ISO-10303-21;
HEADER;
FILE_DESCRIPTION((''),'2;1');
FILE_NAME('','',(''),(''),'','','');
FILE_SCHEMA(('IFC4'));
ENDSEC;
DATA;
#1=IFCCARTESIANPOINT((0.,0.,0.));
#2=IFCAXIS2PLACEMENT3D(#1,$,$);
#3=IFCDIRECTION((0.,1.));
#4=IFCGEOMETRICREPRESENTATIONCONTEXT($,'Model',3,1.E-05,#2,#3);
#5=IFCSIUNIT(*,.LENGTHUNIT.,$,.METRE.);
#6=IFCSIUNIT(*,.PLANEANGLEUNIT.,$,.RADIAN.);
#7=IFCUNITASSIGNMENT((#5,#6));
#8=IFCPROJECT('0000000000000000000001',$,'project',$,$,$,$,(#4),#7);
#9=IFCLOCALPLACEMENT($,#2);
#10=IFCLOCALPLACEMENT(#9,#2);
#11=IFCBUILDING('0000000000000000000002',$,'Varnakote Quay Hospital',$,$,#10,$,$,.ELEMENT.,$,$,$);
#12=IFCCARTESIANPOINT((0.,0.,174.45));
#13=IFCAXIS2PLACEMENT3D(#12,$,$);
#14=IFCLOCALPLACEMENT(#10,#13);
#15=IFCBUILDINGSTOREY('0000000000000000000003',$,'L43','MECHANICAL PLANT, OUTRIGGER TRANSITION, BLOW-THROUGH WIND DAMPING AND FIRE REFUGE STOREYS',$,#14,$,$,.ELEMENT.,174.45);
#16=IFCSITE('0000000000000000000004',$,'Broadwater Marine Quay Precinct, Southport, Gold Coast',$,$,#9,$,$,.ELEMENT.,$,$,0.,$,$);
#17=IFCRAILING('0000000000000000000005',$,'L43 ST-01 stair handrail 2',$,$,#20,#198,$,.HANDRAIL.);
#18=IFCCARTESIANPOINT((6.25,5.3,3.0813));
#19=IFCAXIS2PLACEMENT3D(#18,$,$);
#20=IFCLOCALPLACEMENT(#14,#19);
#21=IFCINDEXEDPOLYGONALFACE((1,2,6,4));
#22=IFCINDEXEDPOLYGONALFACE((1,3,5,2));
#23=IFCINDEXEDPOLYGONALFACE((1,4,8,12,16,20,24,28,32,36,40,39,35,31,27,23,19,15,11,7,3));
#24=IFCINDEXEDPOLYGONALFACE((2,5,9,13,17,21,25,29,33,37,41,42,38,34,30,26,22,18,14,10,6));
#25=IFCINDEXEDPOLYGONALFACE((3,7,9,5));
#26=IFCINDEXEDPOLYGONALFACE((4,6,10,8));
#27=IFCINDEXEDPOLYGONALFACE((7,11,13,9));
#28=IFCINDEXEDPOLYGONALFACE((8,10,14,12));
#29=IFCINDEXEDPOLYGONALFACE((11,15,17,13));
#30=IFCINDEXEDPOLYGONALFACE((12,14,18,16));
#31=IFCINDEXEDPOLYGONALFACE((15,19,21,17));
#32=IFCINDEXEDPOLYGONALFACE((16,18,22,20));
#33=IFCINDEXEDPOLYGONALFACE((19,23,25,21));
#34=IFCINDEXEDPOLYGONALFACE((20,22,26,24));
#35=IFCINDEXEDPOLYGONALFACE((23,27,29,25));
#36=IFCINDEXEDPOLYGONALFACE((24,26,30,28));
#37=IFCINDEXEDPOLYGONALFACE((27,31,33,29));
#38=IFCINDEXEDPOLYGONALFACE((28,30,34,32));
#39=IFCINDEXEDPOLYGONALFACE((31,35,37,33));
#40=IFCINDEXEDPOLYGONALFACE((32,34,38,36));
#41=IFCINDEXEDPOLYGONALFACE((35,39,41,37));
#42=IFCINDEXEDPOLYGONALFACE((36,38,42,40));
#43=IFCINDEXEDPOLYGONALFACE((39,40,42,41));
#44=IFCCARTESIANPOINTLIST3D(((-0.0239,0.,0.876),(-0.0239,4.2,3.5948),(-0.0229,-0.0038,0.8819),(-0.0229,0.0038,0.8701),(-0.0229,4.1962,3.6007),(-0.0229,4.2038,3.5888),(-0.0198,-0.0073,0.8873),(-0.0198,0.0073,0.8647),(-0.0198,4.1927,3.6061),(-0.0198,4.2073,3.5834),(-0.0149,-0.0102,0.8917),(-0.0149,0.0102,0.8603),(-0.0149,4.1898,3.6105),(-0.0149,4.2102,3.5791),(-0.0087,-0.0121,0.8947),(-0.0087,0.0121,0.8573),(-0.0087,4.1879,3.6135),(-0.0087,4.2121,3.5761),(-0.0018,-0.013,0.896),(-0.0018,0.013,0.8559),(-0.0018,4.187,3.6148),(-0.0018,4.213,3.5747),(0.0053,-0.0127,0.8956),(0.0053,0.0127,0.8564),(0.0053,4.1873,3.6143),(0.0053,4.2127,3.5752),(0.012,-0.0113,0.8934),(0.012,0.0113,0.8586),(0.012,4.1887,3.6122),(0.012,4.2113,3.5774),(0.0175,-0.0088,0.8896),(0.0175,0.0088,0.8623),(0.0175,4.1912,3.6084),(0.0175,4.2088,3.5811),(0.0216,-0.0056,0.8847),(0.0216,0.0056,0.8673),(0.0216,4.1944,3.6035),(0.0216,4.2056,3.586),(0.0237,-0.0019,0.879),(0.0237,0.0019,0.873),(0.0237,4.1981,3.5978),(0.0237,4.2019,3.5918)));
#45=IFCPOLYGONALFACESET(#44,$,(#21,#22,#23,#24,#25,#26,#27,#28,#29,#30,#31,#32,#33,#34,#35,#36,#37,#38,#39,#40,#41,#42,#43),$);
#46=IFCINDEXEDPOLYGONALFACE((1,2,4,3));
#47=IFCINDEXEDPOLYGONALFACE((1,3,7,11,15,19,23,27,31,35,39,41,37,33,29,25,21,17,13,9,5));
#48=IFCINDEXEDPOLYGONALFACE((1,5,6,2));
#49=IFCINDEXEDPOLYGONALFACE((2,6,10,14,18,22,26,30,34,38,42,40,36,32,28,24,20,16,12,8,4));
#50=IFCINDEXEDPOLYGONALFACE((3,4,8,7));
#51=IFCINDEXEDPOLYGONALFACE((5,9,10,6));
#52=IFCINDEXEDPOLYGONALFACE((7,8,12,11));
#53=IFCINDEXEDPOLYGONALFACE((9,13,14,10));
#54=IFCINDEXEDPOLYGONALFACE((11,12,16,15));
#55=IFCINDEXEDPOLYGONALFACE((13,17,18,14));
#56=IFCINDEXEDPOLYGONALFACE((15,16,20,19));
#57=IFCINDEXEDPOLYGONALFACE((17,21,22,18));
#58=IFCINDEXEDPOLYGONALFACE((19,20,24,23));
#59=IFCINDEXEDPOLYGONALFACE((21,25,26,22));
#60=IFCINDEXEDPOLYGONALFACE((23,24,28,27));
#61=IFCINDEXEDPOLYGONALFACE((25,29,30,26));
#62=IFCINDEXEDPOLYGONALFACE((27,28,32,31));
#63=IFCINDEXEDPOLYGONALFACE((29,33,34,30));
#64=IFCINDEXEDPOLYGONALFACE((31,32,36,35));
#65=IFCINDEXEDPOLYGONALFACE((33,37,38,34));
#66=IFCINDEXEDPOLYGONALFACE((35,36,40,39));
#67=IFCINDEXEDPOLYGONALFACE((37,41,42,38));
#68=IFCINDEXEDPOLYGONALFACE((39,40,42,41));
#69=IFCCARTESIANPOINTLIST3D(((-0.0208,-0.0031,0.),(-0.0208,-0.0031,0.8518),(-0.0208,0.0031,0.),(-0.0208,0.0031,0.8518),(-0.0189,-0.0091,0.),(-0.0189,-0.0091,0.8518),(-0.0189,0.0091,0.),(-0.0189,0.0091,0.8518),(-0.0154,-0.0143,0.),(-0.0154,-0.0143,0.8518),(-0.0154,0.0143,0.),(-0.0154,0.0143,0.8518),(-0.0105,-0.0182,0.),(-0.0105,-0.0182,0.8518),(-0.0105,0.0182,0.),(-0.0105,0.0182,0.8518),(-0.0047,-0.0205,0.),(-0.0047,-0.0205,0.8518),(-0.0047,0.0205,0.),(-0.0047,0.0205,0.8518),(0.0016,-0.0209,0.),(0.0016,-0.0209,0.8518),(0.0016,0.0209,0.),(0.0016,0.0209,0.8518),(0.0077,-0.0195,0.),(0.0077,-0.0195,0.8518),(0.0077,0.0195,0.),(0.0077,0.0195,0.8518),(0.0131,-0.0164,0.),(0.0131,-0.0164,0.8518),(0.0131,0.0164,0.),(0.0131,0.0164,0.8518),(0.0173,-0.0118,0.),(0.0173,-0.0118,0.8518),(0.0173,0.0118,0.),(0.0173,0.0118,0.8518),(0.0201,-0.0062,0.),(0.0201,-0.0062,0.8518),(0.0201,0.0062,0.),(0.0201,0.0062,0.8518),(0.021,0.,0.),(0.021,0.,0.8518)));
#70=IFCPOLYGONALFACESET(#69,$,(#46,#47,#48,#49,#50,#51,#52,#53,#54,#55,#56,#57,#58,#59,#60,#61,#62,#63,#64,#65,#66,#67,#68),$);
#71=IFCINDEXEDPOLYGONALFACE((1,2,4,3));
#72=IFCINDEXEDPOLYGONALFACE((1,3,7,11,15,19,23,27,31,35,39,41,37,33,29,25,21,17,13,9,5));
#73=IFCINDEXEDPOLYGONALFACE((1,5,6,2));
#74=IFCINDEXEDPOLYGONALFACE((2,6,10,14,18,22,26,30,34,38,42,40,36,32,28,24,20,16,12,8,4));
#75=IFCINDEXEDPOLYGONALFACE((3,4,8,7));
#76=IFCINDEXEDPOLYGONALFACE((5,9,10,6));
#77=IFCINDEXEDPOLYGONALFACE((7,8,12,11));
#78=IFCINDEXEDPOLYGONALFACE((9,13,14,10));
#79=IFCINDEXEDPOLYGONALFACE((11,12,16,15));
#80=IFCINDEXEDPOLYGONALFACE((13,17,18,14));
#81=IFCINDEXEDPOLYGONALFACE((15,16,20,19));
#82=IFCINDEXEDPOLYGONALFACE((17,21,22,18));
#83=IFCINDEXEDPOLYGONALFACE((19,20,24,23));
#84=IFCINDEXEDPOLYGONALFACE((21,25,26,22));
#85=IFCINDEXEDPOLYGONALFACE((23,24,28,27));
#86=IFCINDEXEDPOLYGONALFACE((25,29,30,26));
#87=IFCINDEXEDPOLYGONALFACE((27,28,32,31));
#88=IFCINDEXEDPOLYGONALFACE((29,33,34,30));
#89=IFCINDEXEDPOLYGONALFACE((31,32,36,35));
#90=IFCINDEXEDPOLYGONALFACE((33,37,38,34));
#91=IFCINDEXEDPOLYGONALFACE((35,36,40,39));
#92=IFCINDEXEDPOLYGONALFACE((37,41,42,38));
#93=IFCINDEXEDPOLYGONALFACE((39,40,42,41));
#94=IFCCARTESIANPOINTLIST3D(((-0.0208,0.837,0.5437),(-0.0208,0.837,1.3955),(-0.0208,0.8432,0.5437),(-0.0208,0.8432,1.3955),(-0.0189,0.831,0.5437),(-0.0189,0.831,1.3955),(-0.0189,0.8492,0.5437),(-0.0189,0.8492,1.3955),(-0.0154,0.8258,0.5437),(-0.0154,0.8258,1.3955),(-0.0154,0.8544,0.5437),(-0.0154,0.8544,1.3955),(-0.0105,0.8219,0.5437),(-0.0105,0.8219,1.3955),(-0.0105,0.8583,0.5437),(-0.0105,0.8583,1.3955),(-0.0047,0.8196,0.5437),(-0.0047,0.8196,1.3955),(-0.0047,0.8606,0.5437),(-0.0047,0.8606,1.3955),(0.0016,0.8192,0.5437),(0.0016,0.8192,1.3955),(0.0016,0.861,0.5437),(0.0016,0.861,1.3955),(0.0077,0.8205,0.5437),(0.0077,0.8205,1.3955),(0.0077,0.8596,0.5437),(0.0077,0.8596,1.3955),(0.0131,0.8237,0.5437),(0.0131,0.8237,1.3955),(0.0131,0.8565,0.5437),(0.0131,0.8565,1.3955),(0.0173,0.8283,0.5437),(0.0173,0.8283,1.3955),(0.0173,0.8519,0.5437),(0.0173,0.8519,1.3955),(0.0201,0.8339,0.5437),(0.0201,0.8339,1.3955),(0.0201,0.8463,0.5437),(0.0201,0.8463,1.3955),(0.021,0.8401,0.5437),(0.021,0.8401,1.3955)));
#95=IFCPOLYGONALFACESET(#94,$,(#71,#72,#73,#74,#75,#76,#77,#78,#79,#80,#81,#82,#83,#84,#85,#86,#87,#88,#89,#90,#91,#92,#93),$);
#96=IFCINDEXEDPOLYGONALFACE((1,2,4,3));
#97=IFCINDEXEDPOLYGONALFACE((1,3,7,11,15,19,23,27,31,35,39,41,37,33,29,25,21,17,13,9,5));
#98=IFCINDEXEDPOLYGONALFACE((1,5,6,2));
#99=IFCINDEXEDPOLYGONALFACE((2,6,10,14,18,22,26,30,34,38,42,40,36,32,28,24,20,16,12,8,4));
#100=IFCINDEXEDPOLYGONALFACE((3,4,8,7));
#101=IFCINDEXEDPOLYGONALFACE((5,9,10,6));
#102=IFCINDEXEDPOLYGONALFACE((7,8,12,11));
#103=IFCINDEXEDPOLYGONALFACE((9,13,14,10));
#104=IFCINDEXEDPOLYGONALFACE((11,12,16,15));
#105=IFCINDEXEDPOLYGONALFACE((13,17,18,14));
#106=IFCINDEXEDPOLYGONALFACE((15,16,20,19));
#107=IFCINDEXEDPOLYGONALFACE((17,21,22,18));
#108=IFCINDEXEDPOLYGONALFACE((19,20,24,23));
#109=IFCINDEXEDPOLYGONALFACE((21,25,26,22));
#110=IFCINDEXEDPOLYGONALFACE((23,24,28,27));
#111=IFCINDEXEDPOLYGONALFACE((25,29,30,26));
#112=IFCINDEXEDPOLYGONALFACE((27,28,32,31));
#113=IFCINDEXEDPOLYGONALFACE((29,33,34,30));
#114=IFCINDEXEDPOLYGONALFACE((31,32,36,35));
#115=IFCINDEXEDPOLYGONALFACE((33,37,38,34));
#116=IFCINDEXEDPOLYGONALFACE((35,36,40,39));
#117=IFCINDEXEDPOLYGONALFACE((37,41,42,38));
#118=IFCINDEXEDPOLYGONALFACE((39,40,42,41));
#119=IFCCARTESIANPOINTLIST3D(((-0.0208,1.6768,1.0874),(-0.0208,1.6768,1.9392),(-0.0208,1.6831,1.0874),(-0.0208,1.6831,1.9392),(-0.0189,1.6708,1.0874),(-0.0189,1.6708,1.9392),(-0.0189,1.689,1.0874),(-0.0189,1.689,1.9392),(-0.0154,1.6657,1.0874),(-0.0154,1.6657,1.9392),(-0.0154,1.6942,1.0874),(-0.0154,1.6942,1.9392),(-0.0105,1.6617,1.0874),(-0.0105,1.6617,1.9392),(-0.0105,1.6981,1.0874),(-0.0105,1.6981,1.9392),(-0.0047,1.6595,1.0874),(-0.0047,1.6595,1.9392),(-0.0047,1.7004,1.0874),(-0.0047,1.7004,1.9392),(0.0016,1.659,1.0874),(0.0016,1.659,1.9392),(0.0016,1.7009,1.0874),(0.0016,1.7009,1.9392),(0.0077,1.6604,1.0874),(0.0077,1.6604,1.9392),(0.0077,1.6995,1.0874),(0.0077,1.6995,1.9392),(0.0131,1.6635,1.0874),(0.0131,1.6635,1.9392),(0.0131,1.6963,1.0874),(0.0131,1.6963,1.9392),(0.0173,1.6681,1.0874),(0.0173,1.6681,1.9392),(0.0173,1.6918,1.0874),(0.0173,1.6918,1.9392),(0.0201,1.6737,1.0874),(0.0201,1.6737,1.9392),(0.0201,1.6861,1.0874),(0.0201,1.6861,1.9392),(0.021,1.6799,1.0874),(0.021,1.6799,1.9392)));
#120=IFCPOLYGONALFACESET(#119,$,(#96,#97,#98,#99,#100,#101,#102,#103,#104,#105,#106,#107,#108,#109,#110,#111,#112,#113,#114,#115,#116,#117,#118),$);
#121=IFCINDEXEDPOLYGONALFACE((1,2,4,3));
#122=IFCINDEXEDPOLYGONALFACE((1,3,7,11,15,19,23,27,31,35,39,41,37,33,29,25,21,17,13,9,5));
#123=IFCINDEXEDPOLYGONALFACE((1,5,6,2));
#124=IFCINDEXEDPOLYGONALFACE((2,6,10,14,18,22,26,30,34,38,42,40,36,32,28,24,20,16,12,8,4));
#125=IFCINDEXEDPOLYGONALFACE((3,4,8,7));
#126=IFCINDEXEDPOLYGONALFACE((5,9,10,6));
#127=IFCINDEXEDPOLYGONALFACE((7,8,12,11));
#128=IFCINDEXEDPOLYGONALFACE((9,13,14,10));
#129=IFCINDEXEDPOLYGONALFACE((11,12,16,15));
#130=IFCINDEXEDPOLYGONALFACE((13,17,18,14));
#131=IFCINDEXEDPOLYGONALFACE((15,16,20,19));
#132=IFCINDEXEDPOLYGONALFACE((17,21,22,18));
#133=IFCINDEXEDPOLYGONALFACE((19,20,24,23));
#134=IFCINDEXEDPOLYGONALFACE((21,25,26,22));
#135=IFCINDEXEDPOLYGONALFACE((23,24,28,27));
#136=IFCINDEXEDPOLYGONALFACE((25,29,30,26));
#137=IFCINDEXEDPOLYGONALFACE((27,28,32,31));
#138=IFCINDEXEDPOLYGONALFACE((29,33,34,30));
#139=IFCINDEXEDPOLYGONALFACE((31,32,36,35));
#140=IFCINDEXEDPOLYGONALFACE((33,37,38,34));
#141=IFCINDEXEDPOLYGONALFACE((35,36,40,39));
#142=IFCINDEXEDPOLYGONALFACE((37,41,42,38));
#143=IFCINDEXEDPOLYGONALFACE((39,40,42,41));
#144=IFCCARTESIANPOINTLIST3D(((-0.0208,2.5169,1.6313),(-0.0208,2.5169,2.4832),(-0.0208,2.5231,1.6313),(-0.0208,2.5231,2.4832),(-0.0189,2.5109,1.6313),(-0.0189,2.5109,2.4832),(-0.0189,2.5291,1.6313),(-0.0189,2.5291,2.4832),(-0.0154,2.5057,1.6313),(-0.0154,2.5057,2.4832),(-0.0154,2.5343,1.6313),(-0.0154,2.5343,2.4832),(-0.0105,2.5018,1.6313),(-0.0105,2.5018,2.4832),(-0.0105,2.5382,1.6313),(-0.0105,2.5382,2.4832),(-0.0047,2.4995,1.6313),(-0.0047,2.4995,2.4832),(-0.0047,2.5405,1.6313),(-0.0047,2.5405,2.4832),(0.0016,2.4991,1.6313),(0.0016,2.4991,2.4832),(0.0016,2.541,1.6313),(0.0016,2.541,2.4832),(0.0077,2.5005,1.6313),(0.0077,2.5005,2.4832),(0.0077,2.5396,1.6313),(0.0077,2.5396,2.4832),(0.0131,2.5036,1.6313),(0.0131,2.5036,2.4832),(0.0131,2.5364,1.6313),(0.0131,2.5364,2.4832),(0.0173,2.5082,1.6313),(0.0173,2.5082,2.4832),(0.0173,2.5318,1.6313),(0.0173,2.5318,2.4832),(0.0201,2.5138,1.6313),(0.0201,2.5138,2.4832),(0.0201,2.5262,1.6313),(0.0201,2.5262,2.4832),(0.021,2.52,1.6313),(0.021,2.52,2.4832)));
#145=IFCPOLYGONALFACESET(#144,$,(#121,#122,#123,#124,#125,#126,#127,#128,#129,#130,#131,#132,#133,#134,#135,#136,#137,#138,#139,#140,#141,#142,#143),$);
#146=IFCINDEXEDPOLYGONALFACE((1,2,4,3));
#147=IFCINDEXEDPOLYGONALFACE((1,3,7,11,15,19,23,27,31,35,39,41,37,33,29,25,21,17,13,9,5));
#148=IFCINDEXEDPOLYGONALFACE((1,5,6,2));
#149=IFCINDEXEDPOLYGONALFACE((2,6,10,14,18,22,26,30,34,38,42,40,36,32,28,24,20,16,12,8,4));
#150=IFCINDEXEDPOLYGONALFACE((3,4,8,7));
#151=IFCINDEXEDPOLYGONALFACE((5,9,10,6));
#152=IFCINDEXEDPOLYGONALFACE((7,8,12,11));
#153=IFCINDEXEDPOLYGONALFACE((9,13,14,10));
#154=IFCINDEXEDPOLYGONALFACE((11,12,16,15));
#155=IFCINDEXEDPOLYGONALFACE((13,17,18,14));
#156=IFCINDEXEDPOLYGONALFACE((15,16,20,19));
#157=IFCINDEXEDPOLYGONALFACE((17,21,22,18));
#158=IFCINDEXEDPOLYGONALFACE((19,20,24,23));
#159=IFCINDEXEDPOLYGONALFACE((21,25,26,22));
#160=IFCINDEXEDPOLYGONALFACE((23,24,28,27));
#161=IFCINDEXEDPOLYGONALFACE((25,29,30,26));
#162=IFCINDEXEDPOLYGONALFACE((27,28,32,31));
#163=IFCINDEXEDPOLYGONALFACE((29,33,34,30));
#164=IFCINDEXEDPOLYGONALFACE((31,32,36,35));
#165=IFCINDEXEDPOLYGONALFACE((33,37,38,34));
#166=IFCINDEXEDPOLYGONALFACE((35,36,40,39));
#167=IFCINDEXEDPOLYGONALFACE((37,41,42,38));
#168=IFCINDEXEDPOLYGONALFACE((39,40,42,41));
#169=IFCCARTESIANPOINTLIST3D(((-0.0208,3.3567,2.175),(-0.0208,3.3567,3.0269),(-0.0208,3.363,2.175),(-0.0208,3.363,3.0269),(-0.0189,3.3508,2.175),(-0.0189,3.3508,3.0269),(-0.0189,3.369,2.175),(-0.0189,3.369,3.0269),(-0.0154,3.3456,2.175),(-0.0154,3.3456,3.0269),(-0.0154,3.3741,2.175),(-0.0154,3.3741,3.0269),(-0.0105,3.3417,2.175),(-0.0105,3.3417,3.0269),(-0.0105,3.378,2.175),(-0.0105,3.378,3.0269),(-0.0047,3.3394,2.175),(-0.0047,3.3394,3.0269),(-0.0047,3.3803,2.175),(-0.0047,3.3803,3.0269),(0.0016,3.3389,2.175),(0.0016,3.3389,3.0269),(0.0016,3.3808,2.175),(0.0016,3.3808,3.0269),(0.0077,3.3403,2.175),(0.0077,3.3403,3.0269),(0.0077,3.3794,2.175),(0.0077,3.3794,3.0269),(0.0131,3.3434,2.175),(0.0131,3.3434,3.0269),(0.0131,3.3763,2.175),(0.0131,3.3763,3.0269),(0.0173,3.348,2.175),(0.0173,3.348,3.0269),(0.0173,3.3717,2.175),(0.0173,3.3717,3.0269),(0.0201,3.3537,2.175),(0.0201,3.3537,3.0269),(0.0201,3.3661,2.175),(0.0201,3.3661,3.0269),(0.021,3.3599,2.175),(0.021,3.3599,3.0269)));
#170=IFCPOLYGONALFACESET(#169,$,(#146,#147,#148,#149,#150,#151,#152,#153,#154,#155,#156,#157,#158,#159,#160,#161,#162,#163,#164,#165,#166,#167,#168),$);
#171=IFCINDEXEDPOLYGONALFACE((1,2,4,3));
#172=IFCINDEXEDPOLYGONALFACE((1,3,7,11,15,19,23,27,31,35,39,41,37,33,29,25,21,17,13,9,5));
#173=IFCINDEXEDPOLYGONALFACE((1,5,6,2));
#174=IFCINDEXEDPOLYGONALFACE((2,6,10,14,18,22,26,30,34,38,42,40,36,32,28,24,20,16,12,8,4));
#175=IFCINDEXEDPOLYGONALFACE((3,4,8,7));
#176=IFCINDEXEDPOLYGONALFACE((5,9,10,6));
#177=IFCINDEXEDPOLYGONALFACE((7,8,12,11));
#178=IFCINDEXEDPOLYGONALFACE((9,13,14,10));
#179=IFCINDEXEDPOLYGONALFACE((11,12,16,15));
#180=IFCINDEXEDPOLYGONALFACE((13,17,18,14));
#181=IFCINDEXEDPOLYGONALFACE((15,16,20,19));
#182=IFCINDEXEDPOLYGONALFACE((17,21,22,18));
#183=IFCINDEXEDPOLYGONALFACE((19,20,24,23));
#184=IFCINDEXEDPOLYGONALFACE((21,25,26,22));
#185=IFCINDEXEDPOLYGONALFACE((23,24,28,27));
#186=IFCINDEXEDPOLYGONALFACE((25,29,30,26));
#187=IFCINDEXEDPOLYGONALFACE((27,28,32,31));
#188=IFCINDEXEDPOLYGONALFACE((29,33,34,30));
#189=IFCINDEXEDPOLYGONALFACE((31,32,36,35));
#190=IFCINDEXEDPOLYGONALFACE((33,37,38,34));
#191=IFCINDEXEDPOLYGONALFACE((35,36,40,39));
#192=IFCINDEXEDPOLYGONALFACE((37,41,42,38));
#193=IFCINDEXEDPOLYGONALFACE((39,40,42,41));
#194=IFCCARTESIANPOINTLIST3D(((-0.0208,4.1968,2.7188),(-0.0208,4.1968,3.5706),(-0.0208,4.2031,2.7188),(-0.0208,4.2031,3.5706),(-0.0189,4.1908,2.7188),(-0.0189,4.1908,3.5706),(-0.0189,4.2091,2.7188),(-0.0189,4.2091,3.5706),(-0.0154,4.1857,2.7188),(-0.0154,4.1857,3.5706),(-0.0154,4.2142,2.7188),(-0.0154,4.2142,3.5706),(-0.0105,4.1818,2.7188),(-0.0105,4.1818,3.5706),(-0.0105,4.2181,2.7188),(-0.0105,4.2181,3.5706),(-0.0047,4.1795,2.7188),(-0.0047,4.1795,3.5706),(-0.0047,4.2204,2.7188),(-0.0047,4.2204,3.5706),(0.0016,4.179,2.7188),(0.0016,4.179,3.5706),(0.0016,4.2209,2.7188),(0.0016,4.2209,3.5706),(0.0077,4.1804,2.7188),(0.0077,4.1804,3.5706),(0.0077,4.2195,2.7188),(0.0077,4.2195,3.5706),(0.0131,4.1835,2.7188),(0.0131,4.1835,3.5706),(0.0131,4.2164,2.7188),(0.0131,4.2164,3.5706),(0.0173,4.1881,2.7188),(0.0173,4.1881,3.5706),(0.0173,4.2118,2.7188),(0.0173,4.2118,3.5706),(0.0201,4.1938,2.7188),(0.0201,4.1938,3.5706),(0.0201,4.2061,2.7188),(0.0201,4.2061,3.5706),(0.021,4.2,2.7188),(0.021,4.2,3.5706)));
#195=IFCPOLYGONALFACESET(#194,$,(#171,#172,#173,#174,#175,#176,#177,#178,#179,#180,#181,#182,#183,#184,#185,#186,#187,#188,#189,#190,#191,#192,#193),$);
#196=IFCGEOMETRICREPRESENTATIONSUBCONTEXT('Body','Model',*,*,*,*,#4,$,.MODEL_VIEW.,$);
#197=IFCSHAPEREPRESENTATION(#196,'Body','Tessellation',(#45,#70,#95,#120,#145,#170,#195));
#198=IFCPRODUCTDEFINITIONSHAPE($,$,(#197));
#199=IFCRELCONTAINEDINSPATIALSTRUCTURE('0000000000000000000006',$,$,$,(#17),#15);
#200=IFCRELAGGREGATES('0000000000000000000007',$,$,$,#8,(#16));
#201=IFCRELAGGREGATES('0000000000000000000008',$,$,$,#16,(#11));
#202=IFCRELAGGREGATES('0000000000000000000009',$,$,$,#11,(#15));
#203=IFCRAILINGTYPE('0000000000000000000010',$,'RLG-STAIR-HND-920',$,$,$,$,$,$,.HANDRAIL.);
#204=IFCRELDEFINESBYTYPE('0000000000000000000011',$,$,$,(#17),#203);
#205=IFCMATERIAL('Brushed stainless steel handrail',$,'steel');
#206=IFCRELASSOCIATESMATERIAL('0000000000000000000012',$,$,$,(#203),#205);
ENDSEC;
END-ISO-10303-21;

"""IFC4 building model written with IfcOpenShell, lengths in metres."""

from ifc_helpers import new_model, si_unit, direction, frame, origin, origin_2d, place, context, subcontext, project, spatial, circle, extrude, material, type_object, element, save


model = new_model("IFC4")

# Units and contexts
model_context = context("Model", 3, precision=1e-05, world=origin(), true_north=direction((0.0, 1.0)))
body_context = subcontext(model_context, "Body", "Model", "MODEL_VIEW")
ifc_project = project(units=[si_unit("LENGTHUNIT", "METRE"), si_unit("PLANEANGLEUNIT", "RADIAN")], contexts=[model_context])

# Site, building, storey
site_placement = place(None, origin())
site = spatial("IfcSite", under=ifc_project, at=site_placement, Name="Broadwater Marine Quay Precinct, Southport, Gold Coast", CompositionType="ELEMENT", RefElevation=0.0)
building_placement = place(site_placement, origin())
building = spatial("IfcBuilding", under=site, at=building_placement, Name="Varnakote Quay Hospital", CompositionType="ELEMENT")
storey_placement = place(building_placement, frame((0.0, 0.0, 174.45)))
storey = spatial("IfcBuildingStorey", under=building, at=storey_placement, Name="L43", Description="MECHANICAL PLANT, OUTRIGGER TRANSITION, BLOW-THROUGH WIND DAMPING AND FIRE REFUGE STOREYS", CompositionType="ELEMENT", Elevation=174.45)

# Railing
ifc_material_1 = material(Name="Brushed stainless steel handrail", Category="steel")
railing_type = type_object("IfcRailingType", Name="RLG-STAIR-HND-920", PredefinedType="HANDRAIL", material=ifc_material_1)
railing_placement = place(storey_placement, frame((6.25, 5.3, 3.0813)))
element("IfcRailing", 1, at=railing_placement, inside=storey, type_object=railing_type, Name="L43 ST-01 stair handrail 2", PredefinedType="HANDRAIL", context=body_context, shape_type="SweptSolid", body=[
    extrude(circle(Radius=0.0239, at=origin_2d()), frame((0.0, 0.0, 0.876), z_axis=(0.0, 0.839467, 0.543411), x_axis=(-1.0, 0.0, 0.0)), (0.0, 0.0, 1.0), 5.0032),
    extrude(circle(Radius=0.021, at=origin_2d()), origin(), (0.0, 0.0, 1.0), 0.8518),
    extrude(circle(Radius=0.021, at=origin_2d()), frame((0.0, 0.8401, 0.5437)), (0.0, 0.0, 1.0), 0.8518),
    extrude(circle(Radius=0.021, at=origin_2d()), frame((0.0, 1.6799, 1.0874)), (0.0, 0.0, 1.0), 0.8518),
    extrude(circle(Radius=0.021, at=origin_2d()), frame((0.0, 2.52, 1.6313)), (0.0, 0.0, 1.0), 0.8518),
    extrude(circle(Radius=0.021, at=origin_2d()), frame((0.0, 3.3599, 2.175)), (0.0, 0.0, 1.0), 0.8518),
    extrude(circle(Radius=0.021, at=origin_2d()), frame((0.0, 4.2, 2.7188)), (0.0, 0.0, 1.0), 0.8518),
])

save(model, "model.ifc")
